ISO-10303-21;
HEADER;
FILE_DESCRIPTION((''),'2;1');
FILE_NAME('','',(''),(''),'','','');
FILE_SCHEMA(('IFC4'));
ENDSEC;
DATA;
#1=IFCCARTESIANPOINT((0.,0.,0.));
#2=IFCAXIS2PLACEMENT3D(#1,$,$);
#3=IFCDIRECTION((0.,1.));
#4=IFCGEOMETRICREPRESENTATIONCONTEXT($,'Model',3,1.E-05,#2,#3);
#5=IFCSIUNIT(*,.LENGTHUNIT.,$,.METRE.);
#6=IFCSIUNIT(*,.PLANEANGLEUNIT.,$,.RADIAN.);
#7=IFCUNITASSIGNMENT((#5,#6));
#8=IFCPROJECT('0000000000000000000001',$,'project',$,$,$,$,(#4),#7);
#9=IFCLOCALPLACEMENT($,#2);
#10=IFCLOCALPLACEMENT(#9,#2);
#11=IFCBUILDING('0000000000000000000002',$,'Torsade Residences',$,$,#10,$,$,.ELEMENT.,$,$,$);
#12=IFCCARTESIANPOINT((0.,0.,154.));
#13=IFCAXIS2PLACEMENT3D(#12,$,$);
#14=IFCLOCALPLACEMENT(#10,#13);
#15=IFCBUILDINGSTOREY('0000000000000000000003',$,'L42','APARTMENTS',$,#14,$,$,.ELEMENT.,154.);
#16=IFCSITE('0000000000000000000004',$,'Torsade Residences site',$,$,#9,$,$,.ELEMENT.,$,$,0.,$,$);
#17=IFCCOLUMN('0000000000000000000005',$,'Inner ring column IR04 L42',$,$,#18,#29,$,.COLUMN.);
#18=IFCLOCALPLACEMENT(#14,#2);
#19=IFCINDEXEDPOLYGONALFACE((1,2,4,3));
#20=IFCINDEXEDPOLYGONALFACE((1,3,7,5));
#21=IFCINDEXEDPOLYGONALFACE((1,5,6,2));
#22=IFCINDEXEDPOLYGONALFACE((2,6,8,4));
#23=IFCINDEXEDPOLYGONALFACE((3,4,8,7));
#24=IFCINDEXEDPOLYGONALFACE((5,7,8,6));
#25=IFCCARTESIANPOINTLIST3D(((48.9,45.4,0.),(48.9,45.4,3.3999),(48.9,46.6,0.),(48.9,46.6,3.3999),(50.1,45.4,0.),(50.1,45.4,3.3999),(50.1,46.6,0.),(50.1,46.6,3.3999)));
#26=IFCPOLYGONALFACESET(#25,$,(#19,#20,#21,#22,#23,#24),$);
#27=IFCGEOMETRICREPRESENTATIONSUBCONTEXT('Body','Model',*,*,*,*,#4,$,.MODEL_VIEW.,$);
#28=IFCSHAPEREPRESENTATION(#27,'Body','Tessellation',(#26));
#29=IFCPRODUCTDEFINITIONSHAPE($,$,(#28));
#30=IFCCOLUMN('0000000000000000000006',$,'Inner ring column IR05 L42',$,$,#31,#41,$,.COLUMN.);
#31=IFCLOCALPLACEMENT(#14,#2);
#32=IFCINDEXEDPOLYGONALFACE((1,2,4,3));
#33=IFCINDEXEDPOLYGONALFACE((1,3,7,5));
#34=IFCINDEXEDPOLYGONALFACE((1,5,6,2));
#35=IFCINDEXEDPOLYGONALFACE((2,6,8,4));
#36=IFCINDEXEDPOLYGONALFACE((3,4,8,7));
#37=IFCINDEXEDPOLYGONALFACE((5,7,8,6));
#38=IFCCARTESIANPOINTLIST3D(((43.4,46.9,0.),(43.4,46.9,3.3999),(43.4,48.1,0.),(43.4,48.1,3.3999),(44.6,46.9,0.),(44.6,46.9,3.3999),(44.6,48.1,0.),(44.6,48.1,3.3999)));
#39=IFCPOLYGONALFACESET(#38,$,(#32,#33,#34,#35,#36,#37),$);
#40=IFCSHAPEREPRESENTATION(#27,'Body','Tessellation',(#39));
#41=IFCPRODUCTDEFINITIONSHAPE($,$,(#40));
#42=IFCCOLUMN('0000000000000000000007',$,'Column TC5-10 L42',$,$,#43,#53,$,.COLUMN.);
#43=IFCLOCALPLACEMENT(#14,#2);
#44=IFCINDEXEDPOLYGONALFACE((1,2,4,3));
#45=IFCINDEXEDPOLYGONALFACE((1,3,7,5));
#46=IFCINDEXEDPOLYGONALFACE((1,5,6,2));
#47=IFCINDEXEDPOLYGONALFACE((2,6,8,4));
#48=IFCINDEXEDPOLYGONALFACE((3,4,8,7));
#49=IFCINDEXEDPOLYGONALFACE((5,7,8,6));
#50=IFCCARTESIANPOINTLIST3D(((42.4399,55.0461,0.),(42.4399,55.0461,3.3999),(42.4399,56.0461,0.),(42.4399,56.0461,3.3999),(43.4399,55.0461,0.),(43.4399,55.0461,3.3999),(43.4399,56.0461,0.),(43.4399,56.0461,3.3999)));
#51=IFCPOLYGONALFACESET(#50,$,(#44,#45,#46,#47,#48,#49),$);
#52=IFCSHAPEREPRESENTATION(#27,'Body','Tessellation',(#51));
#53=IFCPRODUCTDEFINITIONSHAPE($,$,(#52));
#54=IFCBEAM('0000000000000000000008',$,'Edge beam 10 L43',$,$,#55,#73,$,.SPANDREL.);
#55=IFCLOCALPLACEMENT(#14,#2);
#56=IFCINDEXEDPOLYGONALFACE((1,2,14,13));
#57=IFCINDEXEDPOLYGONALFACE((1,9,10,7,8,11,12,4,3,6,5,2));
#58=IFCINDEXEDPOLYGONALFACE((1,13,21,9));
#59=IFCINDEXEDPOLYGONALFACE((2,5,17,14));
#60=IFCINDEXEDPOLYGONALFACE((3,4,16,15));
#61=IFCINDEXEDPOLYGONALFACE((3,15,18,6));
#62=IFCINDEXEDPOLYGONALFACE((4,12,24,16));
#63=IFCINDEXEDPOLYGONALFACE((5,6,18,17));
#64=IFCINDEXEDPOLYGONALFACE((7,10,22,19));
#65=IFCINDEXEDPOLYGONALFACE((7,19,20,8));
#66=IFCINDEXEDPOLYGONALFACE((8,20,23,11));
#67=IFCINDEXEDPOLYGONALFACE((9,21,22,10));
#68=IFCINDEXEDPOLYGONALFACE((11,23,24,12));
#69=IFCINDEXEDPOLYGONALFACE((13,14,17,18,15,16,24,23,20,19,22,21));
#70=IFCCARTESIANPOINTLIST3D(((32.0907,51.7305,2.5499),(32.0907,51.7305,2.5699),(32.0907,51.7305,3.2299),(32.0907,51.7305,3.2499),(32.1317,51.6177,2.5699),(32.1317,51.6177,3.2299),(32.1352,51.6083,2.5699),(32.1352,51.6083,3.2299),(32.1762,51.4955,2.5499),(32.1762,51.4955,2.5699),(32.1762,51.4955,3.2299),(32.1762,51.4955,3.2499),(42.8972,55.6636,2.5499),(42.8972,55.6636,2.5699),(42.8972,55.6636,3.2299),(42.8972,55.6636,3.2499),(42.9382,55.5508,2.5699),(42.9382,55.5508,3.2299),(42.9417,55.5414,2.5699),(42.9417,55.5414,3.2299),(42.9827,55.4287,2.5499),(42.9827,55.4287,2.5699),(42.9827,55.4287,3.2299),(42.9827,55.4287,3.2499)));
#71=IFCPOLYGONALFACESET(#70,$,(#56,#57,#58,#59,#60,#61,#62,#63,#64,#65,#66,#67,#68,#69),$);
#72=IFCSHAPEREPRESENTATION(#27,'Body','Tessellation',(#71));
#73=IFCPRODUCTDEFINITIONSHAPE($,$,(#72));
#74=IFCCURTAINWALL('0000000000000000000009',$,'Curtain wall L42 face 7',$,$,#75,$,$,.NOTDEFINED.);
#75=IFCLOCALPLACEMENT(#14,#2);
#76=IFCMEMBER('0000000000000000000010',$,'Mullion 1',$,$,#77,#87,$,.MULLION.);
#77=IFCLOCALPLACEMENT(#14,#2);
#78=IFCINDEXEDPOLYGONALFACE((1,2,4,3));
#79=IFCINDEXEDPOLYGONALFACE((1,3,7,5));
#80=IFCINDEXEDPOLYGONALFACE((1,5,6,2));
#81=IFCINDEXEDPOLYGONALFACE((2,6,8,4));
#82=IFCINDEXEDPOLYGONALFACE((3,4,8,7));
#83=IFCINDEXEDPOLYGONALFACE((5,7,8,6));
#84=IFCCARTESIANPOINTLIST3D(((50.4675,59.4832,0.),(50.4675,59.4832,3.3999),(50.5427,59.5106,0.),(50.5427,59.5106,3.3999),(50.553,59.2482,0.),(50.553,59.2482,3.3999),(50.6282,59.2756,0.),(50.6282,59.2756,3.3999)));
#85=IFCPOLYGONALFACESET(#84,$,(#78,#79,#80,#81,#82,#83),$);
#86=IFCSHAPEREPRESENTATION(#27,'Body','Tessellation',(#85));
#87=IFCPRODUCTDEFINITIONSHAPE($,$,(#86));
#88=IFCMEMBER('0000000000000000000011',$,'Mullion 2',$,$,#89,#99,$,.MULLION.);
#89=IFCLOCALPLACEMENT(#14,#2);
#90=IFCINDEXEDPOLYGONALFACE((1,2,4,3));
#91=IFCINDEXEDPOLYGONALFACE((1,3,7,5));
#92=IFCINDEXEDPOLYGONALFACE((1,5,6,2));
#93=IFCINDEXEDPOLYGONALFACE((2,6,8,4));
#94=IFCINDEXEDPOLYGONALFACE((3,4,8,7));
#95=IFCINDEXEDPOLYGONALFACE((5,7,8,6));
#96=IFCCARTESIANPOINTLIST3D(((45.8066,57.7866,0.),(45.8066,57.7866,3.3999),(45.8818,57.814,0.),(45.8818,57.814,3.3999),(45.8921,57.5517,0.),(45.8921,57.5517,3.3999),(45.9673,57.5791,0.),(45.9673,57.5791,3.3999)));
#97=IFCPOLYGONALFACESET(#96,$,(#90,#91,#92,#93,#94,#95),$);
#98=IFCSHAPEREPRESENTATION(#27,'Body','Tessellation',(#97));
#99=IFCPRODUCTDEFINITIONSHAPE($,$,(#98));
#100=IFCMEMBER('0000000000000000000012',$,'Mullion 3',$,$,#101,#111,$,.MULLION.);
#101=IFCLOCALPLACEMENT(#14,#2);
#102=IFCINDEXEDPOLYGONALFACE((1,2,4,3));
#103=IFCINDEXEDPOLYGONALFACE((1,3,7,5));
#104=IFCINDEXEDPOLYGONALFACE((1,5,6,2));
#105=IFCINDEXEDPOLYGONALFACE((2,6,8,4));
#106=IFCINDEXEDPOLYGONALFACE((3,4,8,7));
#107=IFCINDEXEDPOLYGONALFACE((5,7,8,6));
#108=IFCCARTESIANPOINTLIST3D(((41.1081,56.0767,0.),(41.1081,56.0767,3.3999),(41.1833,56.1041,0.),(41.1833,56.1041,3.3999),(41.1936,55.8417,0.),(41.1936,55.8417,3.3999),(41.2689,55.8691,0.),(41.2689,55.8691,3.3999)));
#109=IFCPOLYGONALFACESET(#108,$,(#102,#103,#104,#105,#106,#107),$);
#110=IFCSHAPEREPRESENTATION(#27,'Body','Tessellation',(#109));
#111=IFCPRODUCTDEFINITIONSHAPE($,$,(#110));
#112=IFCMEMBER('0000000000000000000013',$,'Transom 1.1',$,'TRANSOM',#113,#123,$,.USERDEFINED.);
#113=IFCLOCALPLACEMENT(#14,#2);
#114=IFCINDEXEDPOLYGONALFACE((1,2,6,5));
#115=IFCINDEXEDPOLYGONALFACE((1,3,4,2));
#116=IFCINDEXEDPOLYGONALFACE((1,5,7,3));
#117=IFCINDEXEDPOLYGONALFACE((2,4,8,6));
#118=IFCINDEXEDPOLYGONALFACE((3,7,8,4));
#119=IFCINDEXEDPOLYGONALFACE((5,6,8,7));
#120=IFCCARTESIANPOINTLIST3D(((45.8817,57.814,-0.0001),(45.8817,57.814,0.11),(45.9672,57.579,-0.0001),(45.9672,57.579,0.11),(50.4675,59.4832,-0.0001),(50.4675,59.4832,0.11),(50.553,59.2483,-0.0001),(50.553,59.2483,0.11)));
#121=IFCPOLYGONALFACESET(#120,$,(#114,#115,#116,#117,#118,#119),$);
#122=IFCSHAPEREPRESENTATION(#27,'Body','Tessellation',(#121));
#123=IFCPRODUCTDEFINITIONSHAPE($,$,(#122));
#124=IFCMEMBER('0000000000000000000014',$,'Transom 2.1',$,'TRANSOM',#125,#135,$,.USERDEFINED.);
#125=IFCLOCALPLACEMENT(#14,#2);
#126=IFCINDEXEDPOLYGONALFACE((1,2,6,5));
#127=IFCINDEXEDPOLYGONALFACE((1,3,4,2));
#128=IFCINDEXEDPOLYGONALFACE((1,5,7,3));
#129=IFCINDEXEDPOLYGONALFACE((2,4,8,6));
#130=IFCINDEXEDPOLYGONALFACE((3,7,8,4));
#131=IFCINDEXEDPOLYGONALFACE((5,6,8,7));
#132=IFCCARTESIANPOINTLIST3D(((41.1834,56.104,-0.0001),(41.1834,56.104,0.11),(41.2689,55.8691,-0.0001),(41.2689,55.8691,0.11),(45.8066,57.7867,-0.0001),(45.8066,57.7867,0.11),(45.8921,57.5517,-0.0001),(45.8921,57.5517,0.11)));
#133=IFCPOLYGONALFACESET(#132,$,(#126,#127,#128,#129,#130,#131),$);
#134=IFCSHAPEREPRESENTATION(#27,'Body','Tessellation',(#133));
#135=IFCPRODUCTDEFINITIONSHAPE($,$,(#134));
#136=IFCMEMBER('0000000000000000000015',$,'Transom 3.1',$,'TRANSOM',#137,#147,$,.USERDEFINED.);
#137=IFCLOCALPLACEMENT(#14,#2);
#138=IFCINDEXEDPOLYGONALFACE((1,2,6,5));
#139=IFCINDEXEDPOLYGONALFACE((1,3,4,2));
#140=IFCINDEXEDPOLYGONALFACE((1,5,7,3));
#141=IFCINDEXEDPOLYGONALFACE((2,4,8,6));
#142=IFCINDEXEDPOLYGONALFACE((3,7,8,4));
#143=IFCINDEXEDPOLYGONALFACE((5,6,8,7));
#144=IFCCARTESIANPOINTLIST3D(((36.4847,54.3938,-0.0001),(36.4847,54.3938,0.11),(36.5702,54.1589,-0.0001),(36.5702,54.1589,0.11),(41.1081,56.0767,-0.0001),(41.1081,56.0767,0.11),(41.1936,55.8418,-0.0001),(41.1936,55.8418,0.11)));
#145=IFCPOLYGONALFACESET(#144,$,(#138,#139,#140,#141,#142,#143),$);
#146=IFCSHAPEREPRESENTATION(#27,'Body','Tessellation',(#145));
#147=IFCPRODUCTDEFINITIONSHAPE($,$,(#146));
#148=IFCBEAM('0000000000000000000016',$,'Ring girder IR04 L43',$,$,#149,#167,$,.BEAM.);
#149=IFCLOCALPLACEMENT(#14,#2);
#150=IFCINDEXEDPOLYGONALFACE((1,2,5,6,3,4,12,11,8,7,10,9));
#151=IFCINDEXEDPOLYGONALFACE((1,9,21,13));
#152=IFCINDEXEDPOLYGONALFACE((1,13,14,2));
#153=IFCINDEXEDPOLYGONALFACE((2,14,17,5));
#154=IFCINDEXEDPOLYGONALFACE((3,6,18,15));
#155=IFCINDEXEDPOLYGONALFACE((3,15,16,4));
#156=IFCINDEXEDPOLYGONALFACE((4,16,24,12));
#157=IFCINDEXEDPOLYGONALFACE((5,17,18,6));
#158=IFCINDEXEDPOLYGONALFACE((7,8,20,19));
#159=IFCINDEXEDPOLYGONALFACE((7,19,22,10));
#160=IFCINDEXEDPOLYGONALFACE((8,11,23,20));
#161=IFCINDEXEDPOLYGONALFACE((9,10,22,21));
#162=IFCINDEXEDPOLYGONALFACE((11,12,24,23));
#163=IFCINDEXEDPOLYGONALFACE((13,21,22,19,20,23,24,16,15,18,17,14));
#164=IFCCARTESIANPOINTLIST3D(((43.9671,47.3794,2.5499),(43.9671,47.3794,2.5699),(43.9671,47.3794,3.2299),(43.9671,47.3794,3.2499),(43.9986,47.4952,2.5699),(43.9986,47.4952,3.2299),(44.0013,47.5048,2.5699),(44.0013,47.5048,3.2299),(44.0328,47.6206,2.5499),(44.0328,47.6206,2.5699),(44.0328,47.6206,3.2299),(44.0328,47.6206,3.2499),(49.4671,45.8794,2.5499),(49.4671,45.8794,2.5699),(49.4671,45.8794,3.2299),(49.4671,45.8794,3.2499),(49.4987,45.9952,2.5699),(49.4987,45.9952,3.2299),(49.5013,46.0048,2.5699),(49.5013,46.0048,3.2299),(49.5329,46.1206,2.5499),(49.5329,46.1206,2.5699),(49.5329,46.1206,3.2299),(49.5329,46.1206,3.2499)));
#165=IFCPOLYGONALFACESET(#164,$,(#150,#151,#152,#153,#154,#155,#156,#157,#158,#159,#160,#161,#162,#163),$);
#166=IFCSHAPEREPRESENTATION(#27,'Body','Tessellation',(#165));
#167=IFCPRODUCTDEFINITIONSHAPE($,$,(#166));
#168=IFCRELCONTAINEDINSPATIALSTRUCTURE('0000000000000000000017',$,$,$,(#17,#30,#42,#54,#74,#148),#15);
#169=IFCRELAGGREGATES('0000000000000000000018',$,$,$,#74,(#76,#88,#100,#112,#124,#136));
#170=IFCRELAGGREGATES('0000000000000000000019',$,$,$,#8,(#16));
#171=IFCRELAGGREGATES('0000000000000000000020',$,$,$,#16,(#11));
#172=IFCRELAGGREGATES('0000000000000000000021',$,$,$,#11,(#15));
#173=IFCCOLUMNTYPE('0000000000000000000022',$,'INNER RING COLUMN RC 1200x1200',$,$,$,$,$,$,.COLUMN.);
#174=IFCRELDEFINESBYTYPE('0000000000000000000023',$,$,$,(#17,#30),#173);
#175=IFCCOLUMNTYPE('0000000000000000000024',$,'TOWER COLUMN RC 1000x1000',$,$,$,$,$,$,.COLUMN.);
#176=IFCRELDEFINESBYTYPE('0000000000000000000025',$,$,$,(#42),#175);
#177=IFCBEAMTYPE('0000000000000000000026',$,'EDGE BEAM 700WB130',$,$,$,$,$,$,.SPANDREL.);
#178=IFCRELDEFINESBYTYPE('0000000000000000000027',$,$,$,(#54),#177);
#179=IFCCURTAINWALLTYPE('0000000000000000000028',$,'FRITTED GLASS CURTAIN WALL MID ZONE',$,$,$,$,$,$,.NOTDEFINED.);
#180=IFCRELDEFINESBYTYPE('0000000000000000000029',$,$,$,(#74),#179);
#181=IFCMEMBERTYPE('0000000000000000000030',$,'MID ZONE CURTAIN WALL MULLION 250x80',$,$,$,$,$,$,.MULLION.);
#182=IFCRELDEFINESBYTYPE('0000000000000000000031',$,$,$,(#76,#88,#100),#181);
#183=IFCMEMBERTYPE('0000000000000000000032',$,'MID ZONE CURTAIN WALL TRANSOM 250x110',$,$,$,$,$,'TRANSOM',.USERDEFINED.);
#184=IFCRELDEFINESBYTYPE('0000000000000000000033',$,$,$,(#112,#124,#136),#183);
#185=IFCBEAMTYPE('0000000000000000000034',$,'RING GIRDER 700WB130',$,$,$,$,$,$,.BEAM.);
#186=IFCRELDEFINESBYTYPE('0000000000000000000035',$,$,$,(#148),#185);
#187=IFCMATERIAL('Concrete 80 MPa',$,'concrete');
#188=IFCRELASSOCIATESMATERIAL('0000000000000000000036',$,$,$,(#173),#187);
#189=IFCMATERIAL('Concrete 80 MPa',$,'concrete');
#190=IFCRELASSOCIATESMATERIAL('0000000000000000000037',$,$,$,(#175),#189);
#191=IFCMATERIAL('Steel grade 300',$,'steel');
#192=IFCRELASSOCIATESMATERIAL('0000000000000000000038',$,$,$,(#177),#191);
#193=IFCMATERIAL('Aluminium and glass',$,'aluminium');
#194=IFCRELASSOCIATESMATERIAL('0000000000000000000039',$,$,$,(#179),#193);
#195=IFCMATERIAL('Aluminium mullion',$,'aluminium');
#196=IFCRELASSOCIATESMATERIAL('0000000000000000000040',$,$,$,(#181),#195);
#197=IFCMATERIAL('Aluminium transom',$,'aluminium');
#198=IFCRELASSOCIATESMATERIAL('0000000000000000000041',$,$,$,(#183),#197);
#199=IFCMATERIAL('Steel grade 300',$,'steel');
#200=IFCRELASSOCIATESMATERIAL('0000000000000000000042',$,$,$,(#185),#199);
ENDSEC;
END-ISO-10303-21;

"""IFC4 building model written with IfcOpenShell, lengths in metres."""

from ifc_helpers import new_model, si_unit, direction, frame, origin, origin_2d, place, context, subcontext, project, spatial, rectangle, i_section, extrude, material, material_profile, profile_set, type_object, element, aggregate, save


model = new_model("IFC4")

# Units and contexts
model_context = context("Model", 3, precision=1e-05, world=origin(), true_north=direction((0.0, 1.0)))
body_context = subcontext(model_context, "Body", "Model", "MODEL_VIEW")
ifc_project = project(units=[si_unit("LENGTHUNIT", "METRE"), si_unit("PLANEANGLEUNIT", "RADIAN")], contexts=[model_context])

# Site, building, storey
site_placement = place(None, origin())
site = spatial("IfcSite", under=ifc_project, at=site_placement, Name="Torsade Residences site", CompositionType="ELEMENT", RefElevation=0.0)
building_placement = place(site_placement, origin())
building = spatial("IfcBuilding", under=site, at=building_placement, Name="Torsade Residences", CompositionType="ELEMENT")
storey_placement = place(building_placement, frame((0.0, 0.0, 154.0)))
storey = spatial("IfcBuildingStorey", under=building, at=storey_placement, Name="L42", Description="APARTMENTS", CompositionType="ELEMENT", Elevation=154.0)

# Columns
ifc_material_1 = material(Name="Concrete 80 MPa", Category="concrete")
ifc_material_profile_1 = material_profile(ifc_material_1, rectangle(XDim=1.2, YDim=1.2, at=origin_2d()), Name="RC 1200x1200")
ifc_profile_set_1 = profile_set([ifc_material_profile_1], Name="Concrete 80 MPa")
column_type_1 = type_object("IfcColumnType", Name="INNER RING COLUMN RC 1200x1200", PredefinedType="COLUMN", material=ifc_profile_set_1)
for number, where, z_axis, x_axis, name in (
    (1, (49.5, 46.0, 0.0), (0.0, 0.0, 1.0), (1.0, 0.0, 0.0), "Inner ring column IR04 L42"),
    (2, (44.0, 47.5, 0.0), (0.0, 0.0, 1.0), (1.0, 0.0, 0.0), "Inner ring column IR05 L42"),
):
    element("IfcColumn", number, at=place(storey_placement, frame(where, z_axis=z_axis, x_axis=x_axis)), inside=storey, type_object=column_type_1, Name=name, PredefinedType="COLUMN", context=body_context, shape_type="SweptSolid", body=[
        extrude(rectangle(XDim=1.2, YDim=1.2, at=origin_2d()), origin(), (0.0, 0.0, 1.0), 3.3999),
    ])
ifc_material_2 = material(Name="Concrete 80 MPa", Category="concrete")
ifc_material_profile_2 = material_profile(ifc_material_2, rectangle(XDim=1.0, YDim=1.0, at=origin_2d()), Name="RC 1000x1000")
ifc_profile_set_2 = profile_set([ifc_material_profile_2], Name="Concrete 80 MPa")
column_type_2 = type_object("IfcColumnType", Name="TOWER COLUMN RC 1000x1000", PredefinedType="COLUMN", material=ifc_profile_set_2)
column_placement = place(storey_placement, frame((42.9399, 55.5461, 0.0), z_axis=(0.0, 0.0, 1.0), x_axis=(1.0, 0.0, 0.0)))
element("IfcColumn", 3, at=column_placement, inside=storey, type_object=column_type_2, Name="Column TC5-10 L42", PredefinedType="COLUMN", context=body_context, shape_type="SweptSolid", body=[
    extrude(rectangle(XDim=1.0, YDim=1.0, at=origin_2d()), origin(), (0.0, 0.0, 1.0), 3.3999),
])

# Beam
ifc_material_3 = material(Name="Steel grade 300", Category="steel")
ifc_material_profile_3 = material_profile(ifc_material_3, i_section(OverallWidth=0.25, OverallDepth=0.7, WebThickness=0.01, FlangeThickness=0.02, at=origin_2d()), Name="700WB130")
ifc_profile_set_3 = profile_set([ifc_material_profile_3], Name="Steel grade 300")
beam_type_1 = type_object("IfcBeamType", Name="EDGE BEAM 700WB130", PredefinedType="SPANDREL", material=ifc_profile_set_3)
beam_1_placement = place(storey_placement, frame((42.9399, 55.5461, 2.8999), z_axis=(-0.939695, -0.342012, 0.0), x_axis=(0.342012, -0.939695, 0.0)))
element("IfcBeam", 4, at=beam_1_placement, inside=storey, type_object=beam_type_1, Name="Edge beam 10 L43", PredefinedType="SPANDREL", context=body_context, shape_type="SweptSolid", body=[
    extrude(i_section(OverallWidth=0.25, OverallDepth=0.7, WebThickness=0.01, FlangeThickness=0.02, at=origin_2d()), origin(), (0.0, 0.0, 1.0), 11.5),
])

# Curtain wall, members
ifc_material_4 = material(Name="Aluminium and glass", Category="aluminium")
curtain_wall_type = type_object("IfcCurtainWallType", Name="FRITTED GLASS CURTAIN WALL MID ZONE", PredefinedType="NOTDEFINED", material=ifc_material_4)
curtain_wall_placement = place(storey_placement, origin())
curtain_wall = element("IfcCurtainWall", 5, at=curtain_wall_placement, inside=storey, type_object=curtain_wall_type, Name="Curtain wall L42 face 7", PredefinedType="NOTDEFINED")
ifc_material_5 = material(Name="Aluminium mullion", Category="aluminium")
ifc_material_profile_4 = material_profile(ifc_material_5, rectangle(XDim=0.25, YDim=0.0801, at=origin_2d()), Name="MID ZONE CURTAIN WALL MULLION 250x80")
ifc_profile_set_4 = profile_set([ifc_material_profile_4], Name="Aluminium mullion")
member_type_1 = type_object("IfcMemberType", Name="MID ZONE CURTAIN WALL MULLION 250x80", PredefinedType="MULLION", material=ifc_profile_set_4)
member_1_placement = place(storey_placement, frame((50.5479, 59.3794, 0.0), z_axis=(0.0, 0.0, 1.0), x_axis=(0.34202, -0.939693, 0.0)))
member_1 = element("IfcMember", 6, at=member_1_placement, type_object=member_type_1, Name="Mullion 1", PredefinedType="MULLION", context=body_context, shape_type="SweptSolid", body=[
    extrude(rectangle(XDim=0.25, YDim=0.0801, at=origin_2d()), origin(), (0.0, 0.0, 1.0), 3.3999),
])
member_2_placement = place(storey_placement, frame((45.887, 57.6829, 0.0), z_axis=(0.0, 0.0, 1.0), x_axis=(0.34202, -0.939693, 0.0)))
member_2 = element("IfcMember", 7, at=member_2_placement, type_object=member_type_1, Name="Mullion 2", PredefinedType="MULLION", context=body_context, shape_type="SweptSolid", body=[
    extrude(rectangle(XDim=0.25, YDim=0.0801, at=origin_2d()), origin(), (0.0, 0.0, 1.0), 3.3999),
])
member_3_placement = place(storey_placement, frame((41.1885, 55.9729, 0.0), z_axis=(0.0, 0.0, 1.0), x_axis=(0.34202, -0.939693, 0.0)))
member_3 = element("IfcMember", 8, at=member_3_placement, type_object=member_type_1, Name="Mullion 3", PredefinedType="MULLION", context=body_context, shape_type="SweptSolid", body=[
    extrude(rectangle(XDim=0.25, YDim=0.0801, at=origin_2d()), origin(), (0.0, 0.0, 1.0), 3.3999),
])
ifc_material_6 = material(Name="Aluminium transom", Category="aluminium")
ifc_material_profile_5 = material_profile(ifc_material_6, rectangle(XDim=0.25, YDim=0.1101, at=origin_2d()), Name="MID ZONE CURTAIN WALL TRANSOM 250x110")
ifc_profile_set_5 = profile_set([ifc_material_profile_5], Name="Aluminium transom")
member_type_2 = type_object("IfcMemberType", Name="MID ZONE CURTAIN WALL TRANSOM 250x110", ElementType="TRANSOM", PredefinedType="USERDEFINED", material=ifc_profile_set_5)
member_4_placement = place(storey_placement, frame((50.5103, 59.3657, 0.0549), z_axis=(-0.939684, -0.342044, 0.0), x_axis=(0.342044, -0.939684, 0.0)))
member_4 = element("IfcMember", 9, at=member_4_placement, type_object=member_type_2, Name="Transom 1.1", ObjectType="TRANSOM", PredefinedType="USERDEFINED", context=body_context, shape_type="SweptSolid", body=[
    extrude(rectangle(XDim=0.25, YDim=0.1101, at=origin_2d()), origin(), (0.0, 0.0, 1.0), 4.8801),
])
member_5_placement = place(storey_placement, frame((45.8494, 57.6692, 0.0549), z_axis=(-0.939701, -0.341998, 0.0), x_axis=(0.341998, -0.939701, 0.0)))
member_5 = element("IfcMember", 10, at=member_5_placement, type_object=member_type_2, Name="Transom 2.1", ObjectType="TRANSOM", PredefinedType="USERDEFINED", context=body_context, shape_type="SweptSolid", body=[
    extrude(rectangle(XDim=0.25, YDim=0.1101, at=origin_2d()), origin(), (0.0, 0.0, 1.0), 4.9199),
])
member_6_placement = place(storey_placement, frame((41.1509, 55.9592, 0.0549), z_axis=(-0.939685, -0.342042, 0.0), x_axis=(0.342042, -0.939685, 0.0)))
member_6 = element("IfcMember", 11, at=member_6_placement, type_object=member_type_2, Name="Transom 3.1", ObjectType="TRANSOM", PredefinedType="USERDEFINED", context=body_context, shape_type="SweptSolid", body=[
    extrude(rectangle(XDim=0.25, YDim=0.1101, at=origin_2d()), origin(), (0.0, 0.0, 1.0), 4.9202),
])

# Beam
ifc_material_7 = material(Name="Steel grade 300", Category="steel")
ifc_material_profile_6 = material_profile(ifc_material_7, i_section(OverallWidth=0.25, OverallDepth=0.7, WebThickness=0.01, FlangeThickness=0.02, at=origin_2d()), Name="700WB130")
ifc_profile_set_6 = profile_set([ifc_material_profile_6], Name="Steel grade 300")
beam_type_2 = type_object("IfcBeamType", Name="RING GIRDER 700WB130", PredefinedType="BEAM", material=ifc_profile_set_6)
beam_2_placement = place(storey_placement, frame((49.5, 46.0, 2.8999), z_axis=(-0.964764, 0.263117, 0.0), x_axis=(-0.263117, -0.964764, 0.0)))
element("IfcBeam", 12, at=beam_2_placement, inside=storey, type_object=beam_type_2, Name="Ring girder IR04 L43", PredefinedType="BEAM", context=body_context, shape_type="SweptSolid", body=[
    extrude(i_section(OverallWidth=0.25, OverallDepth=0.7, WebThickness=0.01, FlangeThickness=0.02, at=origin_2d()), origin(), (0.0, 0.0, 1.0), 5.7009),
])

aggregate(curtain_wall, [member_1, member_2, member_3, member_4, member_5, member_6])

save(model, "model.ifc")
